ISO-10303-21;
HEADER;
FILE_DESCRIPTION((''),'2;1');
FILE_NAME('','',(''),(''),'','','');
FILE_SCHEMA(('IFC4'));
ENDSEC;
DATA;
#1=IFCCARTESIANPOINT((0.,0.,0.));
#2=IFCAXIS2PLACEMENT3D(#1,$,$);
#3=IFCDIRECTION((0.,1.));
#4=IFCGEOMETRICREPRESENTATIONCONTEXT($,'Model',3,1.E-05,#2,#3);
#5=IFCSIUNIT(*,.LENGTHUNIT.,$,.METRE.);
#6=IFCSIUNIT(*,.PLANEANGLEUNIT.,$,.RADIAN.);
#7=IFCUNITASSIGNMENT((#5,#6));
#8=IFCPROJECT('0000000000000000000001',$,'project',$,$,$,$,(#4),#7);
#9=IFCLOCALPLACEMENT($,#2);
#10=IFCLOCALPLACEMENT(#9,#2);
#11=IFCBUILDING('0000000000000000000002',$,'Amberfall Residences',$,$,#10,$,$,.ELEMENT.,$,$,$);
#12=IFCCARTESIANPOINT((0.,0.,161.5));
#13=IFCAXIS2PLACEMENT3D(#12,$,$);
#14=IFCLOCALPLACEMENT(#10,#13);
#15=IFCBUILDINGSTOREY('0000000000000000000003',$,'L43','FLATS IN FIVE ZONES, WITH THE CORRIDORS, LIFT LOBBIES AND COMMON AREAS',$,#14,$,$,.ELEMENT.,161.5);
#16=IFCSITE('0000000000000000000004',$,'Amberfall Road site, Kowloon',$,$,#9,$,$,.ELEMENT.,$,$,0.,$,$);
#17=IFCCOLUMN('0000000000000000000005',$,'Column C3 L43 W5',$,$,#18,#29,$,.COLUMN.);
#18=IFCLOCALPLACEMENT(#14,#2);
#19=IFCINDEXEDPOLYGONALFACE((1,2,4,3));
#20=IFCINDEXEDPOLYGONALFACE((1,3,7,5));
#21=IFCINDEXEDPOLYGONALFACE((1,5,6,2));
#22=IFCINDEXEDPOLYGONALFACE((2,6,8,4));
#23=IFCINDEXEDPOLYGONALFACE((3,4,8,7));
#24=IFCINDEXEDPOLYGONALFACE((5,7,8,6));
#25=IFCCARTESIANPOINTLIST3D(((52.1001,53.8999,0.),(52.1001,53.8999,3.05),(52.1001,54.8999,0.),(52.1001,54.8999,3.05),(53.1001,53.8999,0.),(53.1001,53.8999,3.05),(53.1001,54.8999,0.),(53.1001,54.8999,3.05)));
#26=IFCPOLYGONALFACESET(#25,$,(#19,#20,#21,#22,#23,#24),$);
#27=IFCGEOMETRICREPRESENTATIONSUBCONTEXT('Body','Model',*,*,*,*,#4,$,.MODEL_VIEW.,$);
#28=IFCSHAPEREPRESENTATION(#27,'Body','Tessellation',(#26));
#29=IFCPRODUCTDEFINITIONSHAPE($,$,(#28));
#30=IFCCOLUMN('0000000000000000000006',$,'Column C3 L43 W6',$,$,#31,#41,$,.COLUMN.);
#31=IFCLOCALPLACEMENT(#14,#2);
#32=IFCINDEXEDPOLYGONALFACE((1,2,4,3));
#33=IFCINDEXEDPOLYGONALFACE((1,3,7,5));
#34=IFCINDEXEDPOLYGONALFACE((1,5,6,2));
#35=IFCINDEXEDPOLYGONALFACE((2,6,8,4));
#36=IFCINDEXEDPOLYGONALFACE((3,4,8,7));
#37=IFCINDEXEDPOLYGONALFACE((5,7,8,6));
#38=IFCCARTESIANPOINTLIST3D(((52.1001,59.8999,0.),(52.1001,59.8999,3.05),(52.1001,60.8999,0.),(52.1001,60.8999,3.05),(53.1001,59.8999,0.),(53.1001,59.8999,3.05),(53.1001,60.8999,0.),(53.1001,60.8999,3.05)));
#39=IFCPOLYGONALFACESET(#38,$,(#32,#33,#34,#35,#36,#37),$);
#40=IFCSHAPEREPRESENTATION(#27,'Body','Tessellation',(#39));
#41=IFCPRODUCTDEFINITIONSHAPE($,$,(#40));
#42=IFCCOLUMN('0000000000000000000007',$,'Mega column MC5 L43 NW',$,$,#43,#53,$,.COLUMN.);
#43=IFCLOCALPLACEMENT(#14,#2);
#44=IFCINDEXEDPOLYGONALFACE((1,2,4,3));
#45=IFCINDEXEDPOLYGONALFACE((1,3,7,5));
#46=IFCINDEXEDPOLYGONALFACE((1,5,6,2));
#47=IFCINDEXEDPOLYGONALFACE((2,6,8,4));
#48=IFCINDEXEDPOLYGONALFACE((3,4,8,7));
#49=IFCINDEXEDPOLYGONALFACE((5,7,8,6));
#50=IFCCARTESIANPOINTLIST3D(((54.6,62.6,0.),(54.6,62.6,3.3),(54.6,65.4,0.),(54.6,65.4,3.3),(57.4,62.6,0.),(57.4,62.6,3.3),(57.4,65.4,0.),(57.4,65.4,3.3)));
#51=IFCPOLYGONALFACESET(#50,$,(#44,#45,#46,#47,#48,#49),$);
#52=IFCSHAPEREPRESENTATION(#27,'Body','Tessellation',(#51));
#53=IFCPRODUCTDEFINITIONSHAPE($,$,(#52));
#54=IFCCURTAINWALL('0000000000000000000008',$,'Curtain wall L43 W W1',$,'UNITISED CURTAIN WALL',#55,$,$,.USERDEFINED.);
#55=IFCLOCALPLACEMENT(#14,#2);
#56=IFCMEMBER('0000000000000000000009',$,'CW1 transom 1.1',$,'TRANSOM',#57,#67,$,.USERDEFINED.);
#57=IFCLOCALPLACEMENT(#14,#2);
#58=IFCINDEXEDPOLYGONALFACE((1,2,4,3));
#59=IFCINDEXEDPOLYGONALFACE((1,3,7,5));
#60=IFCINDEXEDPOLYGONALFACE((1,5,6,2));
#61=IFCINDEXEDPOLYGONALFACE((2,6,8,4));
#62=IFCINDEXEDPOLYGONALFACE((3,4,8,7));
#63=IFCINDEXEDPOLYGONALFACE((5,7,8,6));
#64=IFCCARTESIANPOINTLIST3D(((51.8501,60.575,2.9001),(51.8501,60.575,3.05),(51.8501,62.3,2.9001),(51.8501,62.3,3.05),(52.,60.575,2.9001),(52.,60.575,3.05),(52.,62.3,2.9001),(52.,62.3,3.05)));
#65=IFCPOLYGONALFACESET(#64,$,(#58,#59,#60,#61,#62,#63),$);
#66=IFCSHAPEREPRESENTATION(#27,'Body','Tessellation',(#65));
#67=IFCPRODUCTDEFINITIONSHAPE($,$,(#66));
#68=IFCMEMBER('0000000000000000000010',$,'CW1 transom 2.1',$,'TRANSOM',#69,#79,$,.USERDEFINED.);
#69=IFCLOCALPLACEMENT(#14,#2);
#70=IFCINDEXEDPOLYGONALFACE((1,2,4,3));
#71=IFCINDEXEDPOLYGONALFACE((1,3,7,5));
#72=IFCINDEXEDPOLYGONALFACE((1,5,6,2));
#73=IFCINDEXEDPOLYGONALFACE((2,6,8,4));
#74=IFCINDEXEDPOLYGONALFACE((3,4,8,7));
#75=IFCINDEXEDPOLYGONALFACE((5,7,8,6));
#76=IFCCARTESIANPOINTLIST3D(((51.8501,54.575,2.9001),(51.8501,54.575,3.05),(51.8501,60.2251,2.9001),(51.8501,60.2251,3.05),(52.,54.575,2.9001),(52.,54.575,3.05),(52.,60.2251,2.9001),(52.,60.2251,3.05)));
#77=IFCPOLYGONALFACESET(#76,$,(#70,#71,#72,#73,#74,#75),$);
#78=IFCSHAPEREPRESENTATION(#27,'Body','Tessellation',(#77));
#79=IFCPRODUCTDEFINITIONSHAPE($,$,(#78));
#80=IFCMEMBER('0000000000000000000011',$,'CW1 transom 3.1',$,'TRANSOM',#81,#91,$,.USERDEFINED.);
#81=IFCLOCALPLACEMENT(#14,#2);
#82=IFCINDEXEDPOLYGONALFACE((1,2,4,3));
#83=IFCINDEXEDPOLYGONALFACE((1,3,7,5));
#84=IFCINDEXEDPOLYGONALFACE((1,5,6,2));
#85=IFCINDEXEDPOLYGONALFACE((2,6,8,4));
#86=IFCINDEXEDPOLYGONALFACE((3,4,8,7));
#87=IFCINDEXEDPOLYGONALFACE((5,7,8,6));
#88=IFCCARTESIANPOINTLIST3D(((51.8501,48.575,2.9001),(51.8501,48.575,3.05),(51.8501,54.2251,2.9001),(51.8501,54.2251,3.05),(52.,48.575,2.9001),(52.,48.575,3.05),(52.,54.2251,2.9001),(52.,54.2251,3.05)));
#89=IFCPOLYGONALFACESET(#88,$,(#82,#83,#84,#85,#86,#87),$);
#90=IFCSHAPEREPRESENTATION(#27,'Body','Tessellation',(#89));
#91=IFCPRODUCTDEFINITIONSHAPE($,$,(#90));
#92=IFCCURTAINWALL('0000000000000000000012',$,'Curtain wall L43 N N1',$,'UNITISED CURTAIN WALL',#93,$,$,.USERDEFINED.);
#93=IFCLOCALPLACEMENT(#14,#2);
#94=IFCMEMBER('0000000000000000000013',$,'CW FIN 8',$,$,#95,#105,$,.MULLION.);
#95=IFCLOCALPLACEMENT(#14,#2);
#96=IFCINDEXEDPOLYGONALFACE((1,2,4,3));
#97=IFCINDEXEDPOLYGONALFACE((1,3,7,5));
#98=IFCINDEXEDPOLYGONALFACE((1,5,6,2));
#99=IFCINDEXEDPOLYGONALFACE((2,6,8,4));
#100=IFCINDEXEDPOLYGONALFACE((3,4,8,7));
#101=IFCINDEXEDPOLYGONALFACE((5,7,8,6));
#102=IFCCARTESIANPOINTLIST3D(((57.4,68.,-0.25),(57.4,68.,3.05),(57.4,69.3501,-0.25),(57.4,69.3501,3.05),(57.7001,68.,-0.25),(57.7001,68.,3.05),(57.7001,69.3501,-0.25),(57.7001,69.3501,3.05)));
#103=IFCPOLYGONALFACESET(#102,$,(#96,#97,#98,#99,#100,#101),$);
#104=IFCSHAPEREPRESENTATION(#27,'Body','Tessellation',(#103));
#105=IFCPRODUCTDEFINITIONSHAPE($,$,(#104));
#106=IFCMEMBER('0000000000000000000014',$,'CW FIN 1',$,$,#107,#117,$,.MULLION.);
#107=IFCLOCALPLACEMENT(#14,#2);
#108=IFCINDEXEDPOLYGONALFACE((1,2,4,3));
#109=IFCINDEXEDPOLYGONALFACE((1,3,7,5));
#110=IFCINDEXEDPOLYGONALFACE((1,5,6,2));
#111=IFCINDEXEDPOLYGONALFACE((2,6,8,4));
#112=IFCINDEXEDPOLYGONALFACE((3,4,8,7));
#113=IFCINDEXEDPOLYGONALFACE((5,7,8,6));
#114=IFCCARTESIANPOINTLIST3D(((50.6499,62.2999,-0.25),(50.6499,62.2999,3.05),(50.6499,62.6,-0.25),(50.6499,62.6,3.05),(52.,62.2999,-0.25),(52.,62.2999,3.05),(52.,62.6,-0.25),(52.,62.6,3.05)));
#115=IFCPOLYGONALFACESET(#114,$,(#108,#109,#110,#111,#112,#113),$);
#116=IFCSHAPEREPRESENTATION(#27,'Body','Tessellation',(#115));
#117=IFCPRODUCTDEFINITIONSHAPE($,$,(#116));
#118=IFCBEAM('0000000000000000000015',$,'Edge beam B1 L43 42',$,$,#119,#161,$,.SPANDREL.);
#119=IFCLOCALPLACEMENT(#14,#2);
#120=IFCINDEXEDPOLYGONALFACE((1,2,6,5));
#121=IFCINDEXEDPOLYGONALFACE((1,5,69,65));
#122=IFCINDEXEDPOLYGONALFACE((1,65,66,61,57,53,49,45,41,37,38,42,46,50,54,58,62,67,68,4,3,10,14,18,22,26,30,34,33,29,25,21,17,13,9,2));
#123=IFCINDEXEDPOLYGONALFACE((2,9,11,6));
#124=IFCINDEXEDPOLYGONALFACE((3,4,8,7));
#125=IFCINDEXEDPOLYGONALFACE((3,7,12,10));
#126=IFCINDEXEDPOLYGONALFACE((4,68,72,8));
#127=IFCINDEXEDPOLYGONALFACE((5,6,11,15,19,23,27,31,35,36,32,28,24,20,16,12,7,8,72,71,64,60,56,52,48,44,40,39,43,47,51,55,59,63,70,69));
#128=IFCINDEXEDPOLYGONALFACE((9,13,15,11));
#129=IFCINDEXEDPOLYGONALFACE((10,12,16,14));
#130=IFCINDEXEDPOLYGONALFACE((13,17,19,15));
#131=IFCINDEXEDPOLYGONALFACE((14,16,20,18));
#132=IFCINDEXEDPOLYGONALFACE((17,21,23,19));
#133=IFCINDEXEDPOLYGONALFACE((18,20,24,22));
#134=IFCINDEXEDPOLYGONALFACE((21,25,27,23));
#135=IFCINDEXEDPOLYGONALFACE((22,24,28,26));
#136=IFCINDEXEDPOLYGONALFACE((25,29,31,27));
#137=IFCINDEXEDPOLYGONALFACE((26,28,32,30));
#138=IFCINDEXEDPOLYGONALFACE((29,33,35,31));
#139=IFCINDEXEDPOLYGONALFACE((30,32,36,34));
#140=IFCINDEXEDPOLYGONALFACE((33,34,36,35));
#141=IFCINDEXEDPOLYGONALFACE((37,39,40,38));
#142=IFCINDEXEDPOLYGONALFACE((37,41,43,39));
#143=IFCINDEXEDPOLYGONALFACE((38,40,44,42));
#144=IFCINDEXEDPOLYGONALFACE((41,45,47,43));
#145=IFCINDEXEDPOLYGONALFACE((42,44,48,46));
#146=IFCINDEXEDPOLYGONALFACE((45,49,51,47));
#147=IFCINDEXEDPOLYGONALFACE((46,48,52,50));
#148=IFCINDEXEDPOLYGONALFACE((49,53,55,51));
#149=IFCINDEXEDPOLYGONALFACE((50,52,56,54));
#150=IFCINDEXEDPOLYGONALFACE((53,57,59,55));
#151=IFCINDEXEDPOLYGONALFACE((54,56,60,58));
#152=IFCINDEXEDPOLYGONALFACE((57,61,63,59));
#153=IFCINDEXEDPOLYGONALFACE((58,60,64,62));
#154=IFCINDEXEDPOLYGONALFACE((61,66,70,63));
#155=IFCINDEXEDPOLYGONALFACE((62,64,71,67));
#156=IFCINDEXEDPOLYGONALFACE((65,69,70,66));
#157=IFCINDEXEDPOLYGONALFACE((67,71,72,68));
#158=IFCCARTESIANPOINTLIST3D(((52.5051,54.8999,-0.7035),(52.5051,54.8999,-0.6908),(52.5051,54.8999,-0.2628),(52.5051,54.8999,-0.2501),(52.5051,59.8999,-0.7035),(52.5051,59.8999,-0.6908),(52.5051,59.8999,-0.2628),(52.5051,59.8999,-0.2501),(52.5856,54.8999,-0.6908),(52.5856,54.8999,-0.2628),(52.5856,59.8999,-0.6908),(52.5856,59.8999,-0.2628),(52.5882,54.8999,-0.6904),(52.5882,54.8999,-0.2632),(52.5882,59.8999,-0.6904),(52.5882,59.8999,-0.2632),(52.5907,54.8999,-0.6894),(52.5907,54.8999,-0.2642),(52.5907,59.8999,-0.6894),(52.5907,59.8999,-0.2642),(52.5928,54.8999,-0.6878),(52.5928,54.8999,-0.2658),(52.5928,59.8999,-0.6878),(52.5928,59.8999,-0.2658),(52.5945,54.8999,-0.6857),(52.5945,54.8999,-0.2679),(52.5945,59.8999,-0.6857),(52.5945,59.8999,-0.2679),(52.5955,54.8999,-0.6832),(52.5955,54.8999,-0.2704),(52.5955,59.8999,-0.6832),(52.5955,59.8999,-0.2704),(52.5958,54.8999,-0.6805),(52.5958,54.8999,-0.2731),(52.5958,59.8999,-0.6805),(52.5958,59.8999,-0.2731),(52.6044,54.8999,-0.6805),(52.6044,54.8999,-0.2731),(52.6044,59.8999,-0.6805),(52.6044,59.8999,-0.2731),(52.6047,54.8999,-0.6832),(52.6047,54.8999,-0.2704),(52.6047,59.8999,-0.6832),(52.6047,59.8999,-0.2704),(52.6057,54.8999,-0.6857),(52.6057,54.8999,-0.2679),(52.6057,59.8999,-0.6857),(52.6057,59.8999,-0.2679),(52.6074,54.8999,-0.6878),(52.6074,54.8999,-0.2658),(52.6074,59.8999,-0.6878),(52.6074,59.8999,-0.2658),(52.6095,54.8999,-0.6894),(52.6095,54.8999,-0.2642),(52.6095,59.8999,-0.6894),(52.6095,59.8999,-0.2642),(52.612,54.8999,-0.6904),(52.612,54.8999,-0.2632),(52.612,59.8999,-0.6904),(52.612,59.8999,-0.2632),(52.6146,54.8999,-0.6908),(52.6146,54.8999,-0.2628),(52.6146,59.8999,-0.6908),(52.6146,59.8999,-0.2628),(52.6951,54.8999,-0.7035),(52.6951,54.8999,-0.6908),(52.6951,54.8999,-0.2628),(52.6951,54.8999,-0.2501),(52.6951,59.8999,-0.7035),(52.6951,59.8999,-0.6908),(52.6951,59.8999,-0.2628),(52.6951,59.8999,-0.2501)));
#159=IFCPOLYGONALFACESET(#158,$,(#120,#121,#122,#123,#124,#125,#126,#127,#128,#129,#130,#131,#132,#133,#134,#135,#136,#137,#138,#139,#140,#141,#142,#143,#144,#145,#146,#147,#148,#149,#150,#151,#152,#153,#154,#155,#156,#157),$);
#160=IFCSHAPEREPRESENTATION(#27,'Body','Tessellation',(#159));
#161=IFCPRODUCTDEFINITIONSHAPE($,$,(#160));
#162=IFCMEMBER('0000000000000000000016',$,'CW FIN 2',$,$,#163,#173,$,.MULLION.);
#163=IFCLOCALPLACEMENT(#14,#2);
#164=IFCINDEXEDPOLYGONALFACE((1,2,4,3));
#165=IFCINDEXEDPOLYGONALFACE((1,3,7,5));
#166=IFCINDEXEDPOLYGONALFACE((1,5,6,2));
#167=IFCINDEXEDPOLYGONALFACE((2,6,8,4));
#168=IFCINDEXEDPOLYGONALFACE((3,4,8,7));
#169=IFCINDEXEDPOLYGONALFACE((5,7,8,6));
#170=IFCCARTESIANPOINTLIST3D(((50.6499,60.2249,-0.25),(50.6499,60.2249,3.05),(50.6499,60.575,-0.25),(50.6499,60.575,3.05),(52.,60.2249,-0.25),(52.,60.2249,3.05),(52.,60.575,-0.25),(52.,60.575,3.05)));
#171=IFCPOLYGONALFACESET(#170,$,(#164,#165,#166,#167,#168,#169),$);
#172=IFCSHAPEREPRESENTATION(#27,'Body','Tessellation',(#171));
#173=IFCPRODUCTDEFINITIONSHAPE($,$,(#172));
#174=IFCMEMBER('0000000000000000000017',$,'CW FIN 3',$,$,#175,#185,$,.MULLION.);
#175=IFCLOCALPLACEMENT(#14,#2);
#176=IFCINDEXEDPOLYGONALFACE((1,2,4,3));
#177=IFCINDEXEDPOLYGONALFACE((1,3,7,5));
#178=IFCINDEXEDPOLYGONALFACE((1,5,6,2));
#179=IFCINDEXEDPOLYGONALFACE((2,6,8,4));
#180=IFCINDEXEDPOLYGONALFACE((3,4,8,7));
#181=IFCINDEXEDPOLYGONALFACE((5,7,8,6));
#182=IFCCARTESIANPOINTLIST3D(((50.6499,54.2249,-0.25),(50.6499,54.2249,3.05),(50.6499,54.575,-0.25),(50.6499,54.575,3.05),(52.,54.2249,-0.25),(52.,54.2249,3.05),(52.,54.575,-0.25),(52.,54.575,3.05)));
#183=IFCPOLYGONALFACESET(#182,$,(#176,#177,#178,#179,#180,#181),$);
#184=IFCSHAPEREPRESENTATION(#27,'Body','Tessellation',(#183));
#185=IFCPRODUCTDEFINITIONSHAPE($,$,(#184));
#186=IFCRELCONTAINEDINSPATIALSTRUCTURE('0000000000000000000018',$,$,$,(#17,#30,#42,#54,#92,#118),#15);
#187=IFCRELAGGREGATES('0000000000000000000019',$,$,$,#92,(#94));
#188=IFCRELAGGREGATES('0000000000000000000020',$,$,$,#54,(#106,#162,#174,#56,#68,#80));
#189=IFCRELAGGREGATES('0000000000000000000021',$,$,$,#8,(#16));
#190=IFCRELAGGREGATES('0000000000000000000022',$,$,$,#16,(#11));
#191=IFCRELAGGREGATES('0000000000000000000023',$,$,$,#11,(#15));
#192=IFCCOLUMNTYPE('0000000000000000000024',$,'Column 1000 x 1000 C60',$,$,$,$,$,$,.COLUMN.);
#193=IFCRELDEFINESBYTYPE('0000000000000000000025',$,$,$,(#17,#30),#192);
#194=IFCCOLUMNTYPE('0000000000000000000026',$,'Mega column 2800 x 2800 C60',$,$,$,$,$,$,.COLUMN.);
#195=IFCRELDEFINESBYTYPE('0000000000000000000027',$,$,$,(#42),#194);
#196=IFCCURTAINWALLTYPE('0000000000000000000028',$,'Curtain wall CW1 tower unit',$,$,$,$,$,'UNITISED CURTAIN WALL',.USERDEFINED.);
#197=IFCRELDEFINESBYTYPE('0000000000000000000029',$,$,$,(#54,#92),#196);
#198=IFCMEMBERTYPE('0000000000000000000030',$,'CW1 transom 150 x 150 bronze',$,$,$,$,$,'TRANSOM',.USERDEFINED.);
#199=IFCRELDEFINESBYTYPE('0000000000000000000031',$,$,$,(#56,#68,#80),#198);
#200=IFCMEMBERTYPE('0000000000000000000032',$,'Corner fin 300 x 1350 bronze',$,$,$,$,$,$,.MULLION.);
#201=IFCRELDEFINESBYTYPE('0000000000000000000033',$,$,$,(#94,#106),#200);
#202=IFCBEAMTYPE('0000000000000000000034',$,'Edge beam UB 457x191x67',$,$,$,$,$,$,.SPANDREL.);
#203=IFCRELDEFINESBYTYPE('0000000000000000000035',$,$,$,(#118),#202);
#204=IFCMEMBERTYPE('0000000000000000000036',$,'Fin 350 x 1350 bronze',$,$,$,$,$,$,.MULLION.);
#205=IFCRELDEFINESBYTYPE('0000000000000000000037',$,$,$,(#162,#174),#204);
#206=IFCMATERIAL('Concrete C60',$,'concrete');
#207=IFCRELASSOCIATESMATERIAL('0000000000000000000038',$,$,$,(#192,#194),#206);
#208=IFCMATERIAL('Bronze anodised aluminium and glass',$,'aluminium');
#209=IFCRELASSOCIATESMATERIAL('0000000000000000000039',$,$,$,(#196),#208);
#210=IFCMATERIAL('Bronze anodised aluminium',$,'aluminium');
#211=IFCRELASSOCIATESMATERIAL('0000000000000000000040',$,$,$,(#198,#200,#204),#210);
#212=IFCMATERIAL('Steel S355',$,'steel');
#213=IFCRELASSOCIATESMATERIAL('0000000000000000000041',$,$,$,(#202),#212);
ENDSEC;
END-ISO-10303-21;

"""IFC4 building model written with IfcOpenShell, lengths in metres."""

from ifc_helpers import new_model, si_unit, direction, frame, origin, origin_2d, place, context, subcontext, project, spatial, rectangle, i_section, extrude, material, material_profile, profile_set, type_object, element, aggregate, save


model = new_model("IFC4")

# Units and contexts
model_context = context("Model", 3, precision=1e-05, world=origin(), true_north=direction((0.0, 1.0)))
body_context = subcontext(model_context, "Body", "Model", "MODEL_VIEW")
ifc_project = project(units=[si_unit("LENGTHUNIT", "METRE"), si_unit("PLANEANGLEUNIT", "RADIAN")], contexts=[model_context])

# Site, building, storey
site_placement = place(None, origin())
site = spatial("IfcSite", under=ifc_project, at=site_placement, Name="Amberfall Road site, Kowloon", CompositionType="ELEMENT", RefElevation=0.0)
building_placement = place(site_placement, origin())
building = spatial("IfcBuilding", under=site, at=building_placement, Name="Amberfall Residences", CompositionType="ELEMENT")
storey_placement = place(building_placement, frame((0.0, 0.0, 161.5)))
storey = spatial("IfcBuildingStorey", under=building, at=storey_placement, Name="L43", Description="FLATS IN FIVE ZONES, WITH THE CORRIDORS, LIFT LOBBIES AND COMMON AREAS", CompositionType="ELEMENT", Elevation=161.5)

# Columns
ifc_material_1 = material(Name="Concrete C60", Category="concrete")
ifc_material_profile_1 = material_profile(ifc_material_1, rectangle(XDim=1.0, YDim=1.0, at=origin_2d()), Name="Column 1000 x 1000 C60")
ifc_profile_set_1 = profile_set([ifc_material_profile_1], Name="Concrete C60")
column_type_1 = type_object("IfcColumnType", Name="Column 1000 x 1000 C60", PredefinedType="COLUMN", material=ifc_profile_set_1)
for number, where, z_axis, x_axis, name in (
    (1, (52.6001, 54.3999, 0.0), (0.0, 0.0, 1.0), (1.0, 0.0, 0.0), "Column C3 L43 W5"),
    (2, (52.6001, 60.3999, 0.0), (0.0, 0.0, 1.0), (1.0, 0.0, 0.0), "Column C3 L43 W6"),
):
    element("IfcColumn", number, at=place(storey_placement, frame(where, z_axis=z_axis, x_axis=x_axis)), inside=storey, type_object=column_type_1, Name=name, PredefinedType="COLUMN", context=body_context, shape_type="SweptSolid", body=[
        extrude(rectangle(XDim=1.0, YDim=1.0, at=origin_2d()), origin(), (0.0, 0.0, 1.0), 3.05),
    ])
ifc_material_profile_2 = material_profile(ifc_material_1, rectangle(XDim=2.8, YDim=2.8, at=origin_2d()), Name="Mega column 2800 x 2800 C60")
ifc_profile_set_2 = profile_set([ifc_material_profile_2], Name="Concrete C60")
column_type_2 = type_object("IfcColumnType", Name="Mega column 2800 x 2800 C60", PredefinedType="COLUMN", material=ifc_profile_set_2)
column_placement = place(storey_placement, frame((56.0, 64.0, 0.0), z_axis=(0.0, 0.0, 1.0), x_axis=(1.0, 0.0, 0.0)))
element("IfcColumn", 3, at=column_placement, inside=storey, type_object=column_type_2, Name="Mega column MC5 L43 NW", PredefinedType="COLUMN", context=body_context, shape_type="SweptSolid", body=[
    extrude(rectangle(XDim=2.8, YDim=2.8, at=origin_2d()), origin(), (0.0, 0.0, 1.0), 3.3),
])

# Curtain wall, members
ifc_material_2 = material(Name="Bronze anodised aluminium and glass", Category="aluminium")
curtain_wall_type = type_object("IfcCurtainWallType", Name="Curtain wall CW1 tower unit", ElementType="UNITISED CURTAIN WALL", PredefinedType="USERDEFINED", material=ifc_material_2)
curtain_wall_1_placement = place(storey_placement, origin())
curtain_wall_1 = element("IfcCurtainWall", 4, at=curtain_wall_1_placement, inside=storey, type_object=curtain_wall_type, Name="Curtain wall L43 W W1", ObjectType="UNITISED CURTAIN WALL", PredefinedType="USERDEFINED")
ifc_material_3 = material(Name="Bronze anodised aluminium", Category="aluminium")
ifc_material_profile_3 = material_profile(ifc_material_3, rectangle(XDim=0.1499, YDim=0.1499, at=origin_2d()), Name="CW1 transom 150 x 150 bronze")
ifc_profile_set_3 = profile_set([ifc_material_profile_3], Name="Bronze anodised aluminium")
member_type_1 = type_object("IfcMemberType", Name="CW1 transom 150 x 150 bronze", ElementType="TRANSOM", PredefinedType="USERDEFINED", material=ifc_profile_set_3)
member_1_placement = place(storey_placement, frame((51.925, 62.3, 2.9751), z_axis=(0.0, -1.0, 0.0), x_axis=(1.0, 0.0, 0.0)))
member_1 = element("IfcMember", 5, at=member_1_placement, type_object=member_type_1, Name="CW1 transom 1.1", ObjectType="TRANSOM", PredefinedType="USERDEFINED", context=body_context, shape_type="SweptSolid", body=[
    extrude(rectangle(XDim=0.1499, YDim=0.1499, at=origin_2d()), origin(), (0.0, 0.0, 1.0), 1.7251),
])
member_2_placement = place(storey_placement, frame((51.925, 60.2251, 2.9751), z_axis=(0.0, -1.0, 0.0), x_axis=(1.0, 0.0, 0.0)))
member_2 = element("IfcMember", 6, at=member_2_placement, type_object=member_type_1, Name="CW1 transom 2.1", ObjectType="TRANSOM", PredefinedType="USERDEFINED", context=body_context, shape_type="SweptSolid", body=[
    extrude(rectangle(XDim=0.1499, YDim=0.1499, at=origin_2d()), origin(), (0.0, 0.0, 1.0), 5.6501),
])
member_3_placement = place(storey_placement, frame((51.925, 54.2251, 2.9751), z_axis=(0.0, -1.0, 0.0), x_axis=(1.0, 0.0, 0.0)))
member_3 = element("IfcMember", 7, at=member_3_placement, type_object=member_type_1, Name="CW1 transom 3.1", ObjectType="TRANSOM", PredefinedType="USERDEFINED", context=body_context, shape_type="SweptSolid", body=[
    extrude(rectangle(XDim=0.1499, YDim=0.1499, at=origin_2d()), origin(), (0.0, 0.0, 1.0), 5.6501),
])

# Curtain wall, member
curtain_wall_2_placement = place(storey_placement, origin())
curtain_wall_2 = element("IfcCurtainWall", 8, at=curtain_wall_2_placement, inside=storey, type_object=curtain_wall_type, Name="Curtain wall L43 N N1", ObjectType="UNITISED CURTAIN WALL", PredefinedType="USERDEFINED")
ifc_material_profile_4 = material_profile(ifc_material_3, rectangle(XDim=1.3501, YDim=0.3, at=origin_2d()), Name="Corner fin 300 x 1350 bronze")
ifc_profile_set_4 = profile_set([ifc_material_profile_4], Name="Bronze anodised aluminium")
member_type_2 = type_object("IfcMemberType", Name="Corner fin 300 x 1350 bronze", PredefinedType="MULLION", material=ifc_profile_set_4)
member_4_placement = place(storey_placement, frame((57.55, 68.675, -0.25), z_axis=(0.0, 0.0, 1.0), x_axis=(0.0, -1.0, 0.0)))
member_4 = element("IfcMember", 9, at=member_4_placement, type_object=member_type_2, Name="CW FIN 8", PredefinedType="MULLION", context=body_context, shape_type="SweptSolid", body=[
    extrude(rectangle(XDim=1.3501, YDim=0.3, at=origin_2d()), origin(), (0.0, 0.0, 1.0), 3.3),
])
aggregate(curtain_wall_2, [member_4])

# Member
member_5_placement = place(storey_placement, frame((51.325, 62.45, -0.25), z_axis=(0.0, 0.0, 1.0), x_axis=(1.0, 0.0, 0.0)))
member_5 = element("IfcMember", 10, at=member_5_placement, type_object=member_type_2, Name="CW FIN 1", PredefinedType="MULLION", context=body_context, shape_type="SweptSolid", body=[
    extrude(rectangle(XDim=1.3501, YDim=0.3, at=origin_2d()), origin(), (0.0, 0.0, 1.0), 3.3),
])

# Beam
ifc_material_4 = material(Name="Steel S355", Category="steel")
ifc_material_profile_5 = material_profile(ifc_material_4, i_section(OverallWidth=0.1899, OverallDepth=0.4534, WebThickness=0.0085, FlangeThickness=0.0127, FilletRadius=0.0103, at=origin_2d()), Name="UB 457x191x67")
ifc_profile_set_5 = profile_set([ifc_material_profile_5], Name="Steel S355")
beam_type_1 = type_object("IfcBeamType", Name="Edge beam UB 457x191x67", PredefinedType="SPANDREL", material=ifc_profile_set_5)
beam_1_placement = place(storey_placement, frame((52.6001, 54.8999, -0.4768), z_axis=(0.0, 1.0, 0.0), x_axis=(-1.0, 0.0, 0.0)))
element("IfcBeam", 11, at=beam_1_placement, inside=storey, type_object=beam_type_1, Name="Edge beam B1 L43 42", PredefinedType="SPANDREL", context=body_context, shape_type="SweptSolid", body=[
    extrude(i_section(OverallWidth=0.1899, OverallDepth=0.4534, WebThickness=0.0085, FlangeThickness=0.0127, FilletRadius=0.0103, at=origin_2d()), origin(), (0.0, 0.0, 1.0), 5.0),
])

# Members
ifc_material_profile_6 = material_profile(ifc_material_3, rectangle(XDim=1.3501, YDim=0.3501, at=origin_2d()), Name="Fin 350 x 1350 bronze")
ifc_profile_set_6 = profile_set([ifc_material_profile_6], Name="Bronze anodised aluminium")
member_type_3 = type_object("IfcMemberType", Name="Fin 350 x 1350 bronze", PredefinedType="MULLION", material=ifc_profile_set_6)
member_6_placement = place(storey_placement, frame((51.325, 60.3999, -0.25), z_axis=(0.0, 0.0, 1.0), x_axis=(1.0, 0.0, 0.0)))
member_6 = element("IfcMember", 12, at=member_6_placement, type_object=member_type_3, Name="CW FIN 2", PredefinedType="MULLION", context=body_context, shape_type="SweptSolid", body=[
    extrude(rectangle(XDim=1.3501, YDim=0.3501, at=origin_2d()), origin(), (0.0, 0.0, 1.0), 3.3),
])
member_7_placement = place(storey_placement, frame((51.325, 54.3999, -0.25), z_axis=(0.0, 0.0, 1.0), x_axis=(1.0, 0.0, 0.0)))
member_7 = element("IfcMember", 13, at=member_7_placement, type_object=member_type_3, Name="CW FIN 3", PredefinedType="MULLION", context=body_context, shape_type="SweptSolid", body=[
    extrude(rectangle(XDim=1.3501, YDim=0.3501, at=origin_2d()), origin(), (0.0, 0.0, 1.0), 3.3),
])

aggregate(curtain_wall_1, [member_5, member_6, member_7, member_1, member_2, member_3])

save(model, "model.ifc")
